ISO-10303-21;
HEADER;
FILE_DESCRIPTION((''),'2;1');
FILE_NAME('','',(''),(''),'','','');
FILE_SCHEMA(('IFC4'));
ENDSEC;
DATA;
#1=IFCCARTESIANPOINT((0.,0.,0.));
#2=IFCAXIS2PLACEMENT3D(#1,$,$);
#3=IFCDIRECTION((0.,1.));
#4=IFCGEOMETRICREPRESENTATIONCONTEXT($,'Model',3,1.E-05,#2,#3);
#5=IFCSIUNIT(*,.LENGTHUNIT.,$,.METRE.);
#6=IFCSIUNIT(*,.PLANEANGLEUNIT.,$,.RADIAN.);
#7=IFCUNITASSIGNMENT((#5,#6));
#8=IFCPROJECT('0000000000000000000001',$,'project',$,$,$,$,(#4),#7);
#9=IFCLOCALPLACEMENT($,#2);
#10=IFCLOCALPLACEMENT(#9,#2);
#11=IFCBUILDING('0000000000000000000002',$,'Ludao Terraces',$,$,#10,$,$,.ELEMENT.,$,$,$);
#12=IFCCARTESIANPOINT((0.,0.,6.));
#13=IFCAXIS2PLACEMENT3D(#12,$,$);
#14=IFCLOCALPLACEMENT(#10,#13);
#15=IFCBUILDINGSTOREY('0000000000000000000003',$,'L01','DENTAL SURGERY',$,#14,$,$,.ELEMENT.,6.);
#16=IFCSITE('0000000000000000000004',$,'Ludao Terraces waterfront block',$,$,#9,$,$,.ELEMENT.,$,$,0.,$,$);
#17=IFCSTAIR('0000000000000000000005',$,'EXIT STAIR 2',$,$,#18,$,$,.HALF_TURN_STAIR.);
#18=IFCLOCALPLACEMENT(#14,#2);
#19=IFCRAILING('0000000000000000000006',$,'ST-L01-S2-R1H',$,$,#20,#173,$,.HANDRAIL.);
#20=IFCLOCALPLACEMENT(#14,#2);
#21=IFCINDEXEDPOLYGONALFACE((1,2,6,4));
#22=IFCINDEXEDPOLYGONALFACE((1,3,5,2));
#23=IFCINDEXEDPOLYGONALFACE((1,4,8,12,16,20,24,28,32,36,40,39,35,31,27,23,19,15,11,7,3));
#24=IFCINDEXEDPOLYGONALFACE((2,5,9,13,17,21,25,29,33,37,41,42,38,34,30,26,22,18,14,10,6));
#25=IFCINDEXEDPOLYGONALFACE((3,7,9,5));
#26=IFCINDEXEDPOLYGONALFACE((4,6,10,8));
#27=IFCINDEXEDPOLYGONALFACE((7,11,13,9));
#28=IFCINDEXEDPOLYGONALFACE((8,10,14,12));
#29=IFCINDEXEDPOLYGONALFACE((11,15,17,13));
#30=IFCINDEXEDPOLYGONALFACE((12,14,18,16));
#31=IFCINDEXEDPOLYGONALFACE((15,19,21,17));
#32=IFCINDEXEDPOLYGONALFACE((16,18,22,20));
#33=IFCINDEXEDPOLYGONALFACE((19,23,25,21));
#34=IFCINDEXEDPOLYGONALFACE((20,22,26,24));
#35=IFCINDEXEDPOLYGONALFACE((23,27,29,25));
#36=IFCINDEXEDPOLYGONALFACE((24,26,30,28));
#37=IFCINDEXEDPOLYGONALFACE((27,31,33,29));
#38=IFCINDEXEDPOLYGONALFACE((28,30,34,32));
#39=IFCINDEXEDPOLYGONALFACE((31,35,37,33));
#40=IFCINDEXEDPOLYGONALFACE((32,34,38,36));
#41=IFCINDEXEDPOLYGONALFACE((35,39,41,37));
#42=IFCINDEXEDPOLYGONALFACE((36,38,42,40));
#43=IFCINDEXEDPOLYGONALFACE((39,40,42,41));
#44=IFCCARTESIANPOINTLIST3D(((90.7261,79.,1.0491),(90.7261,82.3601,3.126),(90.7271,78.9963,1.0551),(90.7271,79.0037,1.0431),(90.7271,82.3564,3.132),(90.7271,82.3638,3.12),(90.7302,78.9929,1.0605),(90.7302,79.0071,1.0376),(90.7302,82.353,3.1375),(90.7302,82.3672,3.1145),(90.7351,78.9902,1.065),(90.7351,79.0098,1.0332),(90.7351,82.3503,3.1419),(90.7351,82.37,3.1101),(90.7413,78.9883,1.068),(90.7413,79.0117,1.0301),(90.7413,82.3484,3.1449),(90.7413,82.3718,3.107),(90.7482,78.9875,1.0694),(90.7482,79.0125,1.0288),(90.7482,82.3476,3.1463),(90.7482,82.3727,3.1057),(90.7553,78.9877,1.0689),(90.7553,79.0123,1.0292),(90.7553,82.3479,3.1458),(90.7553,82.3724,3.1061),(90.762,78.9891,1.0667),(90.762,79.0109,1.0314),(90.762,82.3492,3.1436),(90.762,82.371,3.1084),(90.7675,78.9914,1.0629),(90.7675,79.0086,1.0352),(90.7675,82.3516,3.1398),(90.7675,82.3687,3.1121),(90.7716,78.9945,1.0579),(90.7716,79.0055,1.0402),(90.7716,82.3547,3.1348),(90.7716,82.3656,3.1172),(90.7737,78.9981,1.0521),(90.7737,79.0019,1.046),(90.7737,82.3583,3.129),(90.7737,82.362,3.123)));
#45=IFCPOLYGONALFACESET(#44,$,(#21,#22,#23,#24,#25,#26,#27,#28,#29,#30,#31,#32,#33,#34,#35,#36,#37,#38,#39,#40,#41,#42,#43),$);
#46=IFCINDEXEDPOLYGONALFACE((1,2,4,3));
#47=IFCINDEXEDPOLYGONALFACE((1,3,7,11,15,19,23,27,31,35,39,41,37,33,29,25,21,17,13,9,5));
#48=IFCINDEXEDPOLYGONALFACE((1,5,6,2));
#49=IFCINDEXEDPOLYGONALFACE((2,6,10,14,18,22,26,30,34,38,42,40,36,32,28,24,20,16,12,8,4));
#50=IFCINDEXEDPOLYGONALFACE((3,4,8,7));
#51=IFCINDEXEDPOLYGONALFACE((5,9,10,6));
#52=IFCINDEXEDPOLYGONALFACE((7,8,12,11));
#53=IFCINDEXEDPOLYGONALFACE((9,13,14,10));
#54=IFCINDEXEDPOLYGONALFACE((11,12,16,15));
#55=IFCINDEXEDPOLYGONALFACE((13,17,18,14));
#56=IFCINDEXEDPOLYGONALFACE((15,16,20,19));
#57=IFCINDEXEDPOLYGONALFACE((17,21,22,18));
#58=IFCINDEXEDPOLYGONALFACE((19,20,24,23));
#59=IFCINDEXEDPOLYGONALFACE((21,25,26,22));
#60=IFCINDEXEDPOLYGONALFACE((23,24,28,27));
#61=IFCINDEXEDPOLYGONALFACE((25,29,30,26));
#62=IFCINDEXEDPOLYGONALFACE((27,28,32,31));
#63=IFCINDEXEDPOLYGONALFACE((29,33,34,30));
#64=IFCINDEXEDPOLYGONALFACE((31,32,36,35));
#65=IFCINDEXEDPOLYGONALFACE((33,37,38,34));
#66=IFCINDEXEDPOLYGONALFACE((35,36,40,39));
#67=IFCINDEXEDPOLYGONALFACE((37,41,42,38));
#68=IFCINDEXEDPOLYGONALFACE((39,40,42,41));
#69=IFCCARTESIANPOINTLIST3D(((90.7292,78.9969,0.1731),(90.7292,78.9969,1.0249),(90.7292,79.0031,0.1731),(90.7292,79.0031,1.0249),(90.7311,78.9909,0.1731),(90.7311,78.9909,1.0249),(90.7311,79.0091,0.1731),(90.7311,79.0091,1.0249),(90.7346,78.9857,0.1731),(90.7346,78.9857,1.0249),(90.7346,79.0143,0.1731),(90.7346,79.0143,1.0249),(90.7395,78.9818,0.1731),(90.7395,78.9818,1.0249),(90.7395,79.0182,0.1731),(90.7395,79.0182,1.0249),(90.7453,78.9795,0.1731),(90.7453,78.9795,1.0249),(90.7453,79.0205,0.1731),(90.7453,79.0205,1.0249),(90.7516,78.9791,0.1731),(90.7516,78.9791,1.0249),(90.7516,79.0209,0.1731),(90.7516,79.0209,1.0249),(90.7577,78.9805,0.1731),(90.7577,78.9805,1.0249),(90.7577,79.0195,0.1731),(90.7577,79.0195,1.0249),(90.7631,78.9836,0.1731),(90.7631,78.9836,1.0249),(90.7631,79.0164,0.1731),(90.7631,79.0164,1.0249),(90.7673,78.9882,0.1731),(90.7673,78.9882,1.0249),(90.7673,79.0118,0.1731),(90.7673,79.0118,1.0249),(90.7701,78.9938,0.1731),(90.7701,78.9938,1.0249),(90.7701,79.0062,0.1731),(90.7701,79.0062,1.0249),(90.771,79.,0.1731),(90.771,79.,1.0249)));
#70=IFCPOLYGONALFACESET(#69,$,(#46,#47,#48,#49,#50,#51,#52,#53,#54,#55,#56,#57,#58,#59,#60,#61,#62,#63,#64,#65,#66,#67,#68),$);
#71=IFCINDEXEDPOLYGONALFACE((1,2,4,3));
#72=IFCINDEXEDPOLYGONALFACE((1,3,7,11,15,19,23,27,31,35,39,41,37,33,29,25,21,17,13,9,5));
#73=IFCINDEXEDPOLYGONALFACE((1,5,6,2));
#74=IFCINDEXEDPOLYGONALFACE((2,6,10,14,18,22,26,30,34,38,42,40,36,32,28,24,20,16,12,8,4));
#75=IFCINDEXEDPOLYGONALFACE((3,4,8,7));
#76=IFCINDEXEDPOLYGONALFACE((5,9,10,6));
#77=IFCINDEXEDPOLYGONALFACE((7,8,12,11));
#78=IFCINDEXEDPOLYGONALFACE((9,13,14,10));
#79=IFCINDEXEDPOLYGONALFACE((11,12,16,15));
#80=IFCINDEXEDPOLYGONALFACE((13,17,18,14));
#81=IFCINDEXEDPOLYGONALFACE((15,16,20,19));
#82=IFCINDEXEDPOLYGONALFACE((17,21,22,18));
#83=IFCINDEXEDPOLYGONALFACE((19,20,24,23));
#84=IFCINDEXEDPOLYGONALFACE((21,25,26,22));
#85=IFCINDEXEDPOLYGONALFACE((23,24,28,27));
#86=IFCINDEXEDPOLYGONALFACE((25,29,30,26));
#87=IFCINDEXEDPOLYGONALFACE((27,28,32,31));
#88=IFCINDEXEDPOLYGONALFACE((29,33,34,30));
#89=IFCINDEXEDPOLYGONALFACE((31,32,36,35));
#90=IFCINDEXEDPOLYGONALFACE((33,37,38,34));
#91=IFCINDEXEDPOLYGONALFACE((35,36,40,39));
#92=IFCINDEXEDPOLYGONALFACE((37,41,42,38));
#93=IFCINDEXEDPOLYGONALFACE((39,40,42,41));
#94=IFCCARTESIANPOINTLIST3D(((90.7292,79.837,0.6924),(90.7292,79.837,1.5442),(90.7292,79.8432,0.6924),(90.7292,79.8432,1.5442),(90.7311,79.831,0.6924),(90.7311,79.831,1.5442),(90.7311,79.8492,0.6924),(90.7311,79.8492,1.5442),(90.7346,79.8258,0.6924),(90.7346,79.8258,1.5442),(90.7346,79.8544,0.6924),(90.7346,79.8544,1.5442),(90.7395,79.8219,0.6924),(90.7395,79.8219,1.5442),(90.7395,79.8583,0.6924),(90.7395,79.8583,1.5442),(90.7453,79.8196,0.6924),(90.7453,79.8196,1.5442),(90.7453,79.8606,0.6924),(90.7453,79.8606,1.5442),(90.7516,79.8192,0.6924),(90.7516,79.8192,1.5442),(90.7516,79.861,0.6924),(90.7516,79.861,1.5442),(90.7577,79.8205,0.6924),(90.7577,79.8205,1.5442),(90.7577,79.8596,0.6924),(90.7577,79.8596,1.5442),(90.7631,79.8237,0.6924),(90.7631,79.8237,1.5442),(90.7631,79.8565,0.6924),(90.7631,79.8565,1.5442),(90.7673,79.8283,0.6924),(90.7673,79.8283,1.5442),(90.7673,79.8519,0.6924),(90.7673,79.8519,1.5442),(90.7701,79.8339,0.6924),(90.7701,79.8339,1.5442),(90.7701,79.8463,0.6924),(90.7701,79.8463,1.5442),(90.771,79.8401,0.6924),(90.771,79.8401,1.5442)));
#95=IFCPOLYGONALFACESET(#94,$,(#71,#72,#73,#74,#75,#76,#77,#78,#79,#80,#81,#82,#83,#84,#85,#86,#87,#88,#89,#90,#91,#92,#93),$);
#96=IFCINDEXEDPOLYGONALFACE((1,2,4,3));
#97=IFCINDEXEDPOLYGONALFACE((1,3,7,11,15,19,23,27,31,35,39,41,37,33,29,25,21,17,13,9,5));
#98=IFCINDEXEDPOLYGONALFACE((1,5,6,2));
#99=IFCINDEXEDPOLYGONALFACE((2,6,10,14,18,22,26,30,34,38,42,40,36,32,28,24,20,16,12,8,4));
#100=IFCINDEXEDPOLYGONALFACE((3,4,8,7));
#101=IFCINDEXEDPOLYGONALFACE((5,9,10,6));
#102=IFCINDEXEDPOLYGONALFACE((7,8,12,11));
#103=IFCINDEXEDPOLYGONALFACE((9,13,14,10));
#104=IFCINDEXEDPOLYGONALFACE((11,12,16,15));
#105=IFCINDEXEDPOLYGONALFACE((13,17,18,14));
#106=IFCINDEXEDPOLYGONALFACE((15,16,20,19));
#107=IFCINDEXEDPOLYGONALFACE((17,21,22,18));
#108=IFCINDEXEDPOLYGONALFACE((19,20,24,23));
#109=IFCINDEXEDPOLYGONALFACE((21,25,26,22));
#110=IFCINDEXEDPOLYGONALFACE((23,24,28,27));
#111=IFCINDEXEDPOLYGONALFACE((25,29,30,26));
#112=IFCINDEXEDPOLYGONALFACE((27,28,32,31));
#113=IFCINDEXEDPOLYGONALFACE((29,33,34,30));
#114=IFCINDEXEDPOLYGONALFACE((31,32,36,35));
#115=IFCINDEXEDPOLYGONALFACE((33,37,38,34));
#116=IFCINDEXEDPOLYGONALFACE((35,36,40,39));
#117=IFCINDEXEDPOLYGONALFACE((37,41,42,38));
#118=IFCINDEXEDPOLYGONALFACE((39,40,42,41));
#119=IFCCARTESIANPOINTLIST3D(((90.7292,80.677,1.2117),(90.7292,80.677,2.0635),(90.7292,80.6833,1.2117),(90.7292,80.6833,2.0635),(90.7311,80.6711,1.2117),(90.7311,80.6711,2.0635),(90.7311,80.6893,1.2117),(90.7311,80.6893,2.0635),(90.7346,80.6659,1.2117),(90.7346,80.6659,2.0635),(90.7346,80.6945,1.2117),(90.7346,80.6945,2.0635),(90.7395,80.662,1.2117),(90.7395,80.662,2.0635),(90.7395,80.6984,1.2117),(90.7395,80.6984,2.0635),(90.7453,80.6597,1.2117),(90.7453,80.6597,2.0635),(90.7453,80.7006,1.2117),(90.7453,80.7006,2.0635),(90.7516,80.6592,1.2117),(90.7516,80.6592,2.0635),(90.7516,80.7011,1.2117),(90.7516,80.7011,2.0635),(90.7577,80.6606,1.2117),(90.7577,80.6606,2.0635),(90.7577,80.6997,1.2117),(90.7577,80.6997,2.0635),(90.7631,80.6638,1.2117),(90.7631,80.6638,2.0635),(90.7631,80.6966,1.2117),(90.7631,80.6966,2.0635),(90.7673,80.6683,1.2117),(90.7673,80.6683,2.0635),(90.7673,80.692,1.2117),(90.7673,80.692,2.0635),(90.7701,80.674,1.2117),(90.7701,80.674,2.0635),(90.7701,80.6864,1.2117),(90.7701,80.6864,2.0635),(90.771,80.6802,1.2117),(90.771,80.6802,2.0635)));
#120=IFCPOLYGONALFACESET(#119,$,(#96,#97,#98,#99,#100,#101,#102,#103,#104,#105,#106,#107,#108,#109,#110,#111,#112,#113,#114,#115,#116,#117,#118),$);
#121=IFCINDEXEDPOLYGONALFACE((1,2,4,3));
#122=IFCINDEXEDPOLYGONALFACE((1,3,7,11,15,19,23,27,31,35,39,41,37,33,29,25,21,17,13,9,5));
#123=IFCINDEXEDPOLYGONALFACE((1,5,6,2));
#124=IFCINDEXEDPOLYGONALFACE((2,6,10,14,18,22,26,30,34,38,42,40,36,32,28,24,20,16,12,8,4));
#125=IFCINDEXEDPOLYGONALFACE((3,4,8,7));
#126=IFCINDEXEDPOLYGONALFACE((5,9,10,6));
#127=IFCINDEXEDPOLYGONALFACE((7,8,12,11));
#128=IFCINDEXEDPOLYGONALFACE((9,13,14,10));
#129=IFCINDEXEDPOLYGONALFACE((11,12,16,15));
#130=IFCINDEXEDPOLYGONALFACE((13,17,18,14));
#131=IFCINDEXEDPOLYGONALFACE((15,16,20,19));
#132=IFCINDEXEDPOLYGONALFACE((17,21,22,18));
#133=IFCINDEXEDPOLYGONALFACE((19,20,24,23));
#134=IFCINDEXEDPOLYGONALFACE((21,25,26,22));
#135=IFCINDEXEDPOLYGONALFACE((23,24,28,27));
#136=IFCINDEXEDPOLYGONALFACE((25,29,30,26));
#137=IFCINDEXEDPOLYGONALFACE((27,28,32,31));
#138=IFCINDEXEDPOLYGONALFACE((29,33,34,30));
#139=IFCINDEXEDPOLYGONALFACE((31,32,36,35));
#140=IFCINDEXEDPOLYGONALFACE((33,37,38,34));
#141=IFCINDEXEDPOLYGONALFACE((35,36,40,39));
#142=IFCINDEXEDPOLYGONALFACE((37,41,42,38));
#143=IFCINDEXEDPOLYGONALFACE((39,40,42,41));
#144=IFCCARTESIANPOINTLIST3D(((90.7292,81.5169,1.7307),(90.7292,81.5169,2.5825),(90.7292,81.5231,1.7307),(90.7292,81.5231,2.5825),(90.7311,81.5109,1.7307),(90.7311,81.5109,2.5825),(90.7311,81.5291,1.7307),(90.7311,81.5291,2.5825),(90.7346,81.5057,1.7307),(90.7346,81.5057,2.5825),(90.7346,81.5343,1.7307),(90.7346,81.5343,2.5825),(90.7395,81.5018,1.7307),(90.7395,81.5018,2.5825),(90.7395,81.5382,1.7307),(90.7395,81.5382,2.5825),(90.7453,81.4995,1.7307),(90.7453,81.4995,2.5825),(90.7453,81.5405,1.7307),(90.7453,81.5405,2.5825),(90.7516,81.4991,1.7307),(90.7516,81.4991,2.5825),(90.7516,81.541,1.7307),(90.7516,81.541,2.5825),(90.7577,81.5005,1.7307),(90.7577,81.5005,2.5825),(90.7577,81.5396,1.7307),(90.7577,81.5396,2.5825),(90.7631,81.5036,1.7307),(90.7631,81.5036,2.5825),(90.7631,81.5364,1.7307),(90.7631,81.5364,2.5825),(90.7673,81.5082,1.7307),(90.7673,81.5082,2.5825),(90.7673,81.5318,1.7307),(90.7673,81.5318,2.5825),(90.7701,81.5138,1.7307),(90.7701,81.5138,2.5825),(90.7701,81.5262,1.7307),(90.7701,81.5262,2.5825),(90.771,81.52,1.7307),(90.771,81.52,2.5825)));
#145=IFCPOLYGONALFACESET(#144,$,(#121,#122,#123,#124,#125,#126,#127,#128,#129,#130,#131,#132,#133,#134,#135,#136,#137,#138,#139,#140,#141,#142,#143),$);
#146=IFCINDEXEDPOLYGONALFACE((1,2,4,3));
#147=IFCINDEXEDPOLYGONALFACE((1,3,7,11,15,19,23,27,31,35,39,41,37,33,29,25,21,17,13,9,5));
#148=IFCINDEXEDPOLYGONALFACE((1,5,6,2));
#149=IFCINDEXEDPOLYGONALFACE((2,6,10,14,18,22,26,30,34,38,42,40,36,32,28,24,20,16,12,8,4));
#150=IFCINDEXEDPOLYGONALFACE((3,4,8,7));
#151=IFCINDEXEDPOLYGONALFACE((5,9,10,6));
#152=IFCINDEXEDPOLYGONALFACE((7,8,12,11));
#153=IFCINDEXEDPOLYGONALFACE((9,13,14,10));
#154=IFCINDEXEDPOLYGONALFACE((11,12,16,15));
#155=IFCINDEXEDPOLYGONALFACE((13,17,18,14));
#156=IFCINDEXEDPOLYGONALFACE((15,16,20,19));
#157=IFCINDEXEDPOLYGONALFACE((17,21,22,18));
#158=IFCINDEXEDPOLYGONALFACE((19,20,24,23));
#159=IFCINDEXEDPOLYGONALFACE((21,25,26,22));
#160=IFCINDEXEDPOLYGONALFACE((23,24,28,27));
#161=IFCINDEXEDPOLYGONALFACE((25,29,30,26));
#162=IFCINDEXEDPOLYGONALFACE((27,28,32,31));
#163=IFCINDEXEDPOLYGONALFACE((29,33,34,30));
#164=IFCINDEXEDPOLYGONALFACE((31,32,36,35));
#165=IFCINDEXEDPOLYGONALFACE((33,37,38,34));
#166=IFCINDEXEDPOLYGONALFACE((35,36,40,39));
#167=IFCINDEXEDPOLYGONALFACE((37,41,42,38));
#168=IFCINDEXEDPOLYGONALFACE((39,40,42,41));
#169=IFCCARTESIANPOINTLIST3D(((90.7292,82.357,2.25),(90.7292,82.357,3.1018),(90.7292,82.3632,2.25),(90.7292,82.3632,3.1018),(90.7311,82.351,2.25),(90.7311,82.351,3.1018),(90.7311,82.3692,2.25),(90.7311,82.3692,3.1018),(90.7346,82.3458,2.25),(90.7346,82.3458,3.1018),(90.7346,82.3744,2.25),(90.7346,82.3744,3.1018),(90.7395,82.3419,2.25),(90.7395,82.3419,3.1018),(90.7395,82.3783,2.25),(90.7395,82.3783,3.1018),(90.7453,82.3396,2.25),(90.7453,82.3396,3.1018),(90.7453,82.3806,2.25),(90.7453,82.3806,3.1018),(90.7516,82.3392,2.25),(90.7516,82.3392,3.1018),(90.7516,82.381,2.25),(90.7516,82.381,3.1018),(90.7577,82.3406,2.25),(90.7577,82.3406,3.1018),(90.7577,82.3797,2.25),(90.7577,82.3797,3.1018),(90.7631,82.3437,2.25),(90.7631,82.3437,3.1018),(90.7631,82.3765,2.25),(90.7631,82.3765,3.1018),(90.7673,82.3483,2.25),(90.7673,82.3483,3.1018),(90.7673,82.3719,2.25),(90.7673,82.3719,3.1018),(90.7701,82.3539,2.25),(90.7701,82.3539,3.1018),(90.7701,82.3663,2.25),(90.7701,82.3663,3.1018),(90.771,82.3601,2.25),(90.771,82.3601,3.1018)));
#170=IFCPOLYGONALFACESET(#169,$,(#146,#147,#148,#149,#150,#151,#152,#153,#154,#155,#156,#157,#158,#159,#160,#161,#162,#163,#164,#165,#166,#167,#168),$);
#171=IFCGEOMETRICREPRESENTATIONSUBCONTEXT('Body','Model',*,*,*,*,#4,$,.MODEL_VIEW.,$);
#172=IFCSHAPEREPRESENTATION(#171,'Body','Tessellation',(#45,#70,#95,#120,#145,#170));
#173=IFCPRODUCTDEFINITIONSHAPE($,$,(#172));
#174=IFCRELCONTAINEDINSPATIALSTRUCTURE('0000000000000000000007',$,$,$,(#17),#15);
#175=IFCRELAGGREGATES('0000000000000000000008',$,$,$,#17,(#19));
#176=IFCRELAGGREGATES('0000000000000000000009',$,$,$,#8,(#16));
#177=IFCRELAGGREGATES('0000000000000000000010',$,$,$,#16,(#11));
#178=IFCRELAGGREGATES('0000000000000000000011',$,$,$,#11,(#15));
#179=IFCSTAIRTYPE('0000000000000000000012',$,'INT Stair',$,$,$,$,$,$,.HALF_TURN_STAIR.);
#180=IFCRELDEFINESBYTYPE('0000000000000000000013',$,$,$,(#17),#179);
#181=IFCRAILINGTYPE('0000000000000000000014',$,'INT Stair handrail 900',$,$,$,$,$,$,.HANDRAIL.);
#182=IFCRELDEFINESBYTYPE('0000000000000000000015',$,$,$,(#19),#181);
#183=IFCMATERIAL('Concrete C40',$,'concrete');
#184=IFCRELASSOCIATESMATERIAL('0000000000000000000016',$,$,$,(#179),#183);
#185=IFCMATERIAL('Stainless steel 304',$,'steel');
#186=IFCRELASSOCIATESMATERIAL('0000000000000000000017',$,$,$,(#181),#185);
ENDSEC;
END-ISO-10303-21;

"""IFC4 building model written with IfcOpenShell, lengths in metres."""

from ifc_helpers import new_model, si_unit, direction, frame, origin, origin_2d, place, context, subcontext, project, spatial, circle, extrude, material, type_object, element, aggregate, save


model = new_model("IFC4")

# Units and contexts
model_context = context("Model", 3, precision=1e-05, world=origin(), true_north=direction((0.0, 1.0)))
body_context = subcontext(model_context, "Body", "Model", "MODEL_VIEW")
ifc_project = project(units=[si_unit("LENGTHUNIT", "METRE"), si_unit("PLANEANGLEUNIT", "RADIAN")], contexts=[model_context])

# Site, building, storey
site_placement = place(None, origin())
site = spatial("IfcSite", under=ifc_project, at=site_placement, Name="Ludao Terraces waterfront block", CompositionType="ELEMENT", RefElevation=0.0)
building_placement = place(site_placement, origin())
building = spatial("IfcBuilding", under=site, at=building_placement, Name="Ludao Terraces", CompositionType="ELEMENT")
storey_placement = place(building_placement, frame((0.0, 0.0, 6.0)))
storey = spatial("IfcBuildingStorey", under=building, at=storey_placement, Name="L01", Description="DENTAL SURGERY", CompositionType="ELEMENT", Elevation=6.0)

# Shared definitions
ifc_material_1 = material(Name="Concrete C40", Category="concrete")

# Stair, railing
stair_type = type_object("IfcStairType", Name="INT Stair", PredefinedType="HALF_TURN_STAIR", material=ifc_material_1)
stair_placement = place(storey_placement, origin())
stair = element("IfcStair", 1, at=stair_placement, inside=storey, type_object=stair_type, Name="EXIT STAIR 2", PredefinedType="HALF_TURN_STAIR")
ifc_material_2 = material(Name="Stainless steel 304", Category="steel")
railing_type_1 = type_object("IfcRailingType", Name="INT Stair handrail 900", PredefinedType="HANDRAIL", material=ifc_material_2)
railing_1_placement = place(storey_placement, frame((90.75, 79.0, 0.1731)))
railing_1 = element("IfcRailing", 2, at=railing_1_placement, type_object=railing_type_1, Name="ST-L01-S2-R1H", PredefinedType="HANDRAIL", context=body_context, shape_type="SweptSolid", body=[
    extrude(circle(Radius=0.0239, at=origin_2d()), frame((0.0, 0.0, 0.876), z_axis=(0.0, 0.850623, 0.525776), x_axis=(-1.0, 0.0, 0.0)), (0.0, 0.0, 1.0), 3.9502),
    extrude(circle(Radius=0.021, at=origin_2d()), origin(), (0.0, 0.0, 1.0), 0.8518),
    extrude(circle(Radius=0.021, at=origin_2d()), frame((0.0, 0.8401, 0.5193)), (0.0, 0.0, 1.0), 0.8518),
    extrude(circle(Radius=0.021, at=origin_2d()), frame((0.0, 1.6802, 1.0386)), (0.0, 0.0, 1.0), 0.8518),
    extrude(circle(Radius=0.021, at=origin_2d()), frame((0.0, 2.52, 1.5576)), (0.0, 0.0, 1.0), 0.8518),
    extrude(circle(Radius=0.021, at=origin_2d()), frame((0.0, 3.3601, 2.0769)), (0.0, 0.0, 1.0), 0.8518),
])
aggregate(stair, [railing_1])

save(model, "model.ifc")
